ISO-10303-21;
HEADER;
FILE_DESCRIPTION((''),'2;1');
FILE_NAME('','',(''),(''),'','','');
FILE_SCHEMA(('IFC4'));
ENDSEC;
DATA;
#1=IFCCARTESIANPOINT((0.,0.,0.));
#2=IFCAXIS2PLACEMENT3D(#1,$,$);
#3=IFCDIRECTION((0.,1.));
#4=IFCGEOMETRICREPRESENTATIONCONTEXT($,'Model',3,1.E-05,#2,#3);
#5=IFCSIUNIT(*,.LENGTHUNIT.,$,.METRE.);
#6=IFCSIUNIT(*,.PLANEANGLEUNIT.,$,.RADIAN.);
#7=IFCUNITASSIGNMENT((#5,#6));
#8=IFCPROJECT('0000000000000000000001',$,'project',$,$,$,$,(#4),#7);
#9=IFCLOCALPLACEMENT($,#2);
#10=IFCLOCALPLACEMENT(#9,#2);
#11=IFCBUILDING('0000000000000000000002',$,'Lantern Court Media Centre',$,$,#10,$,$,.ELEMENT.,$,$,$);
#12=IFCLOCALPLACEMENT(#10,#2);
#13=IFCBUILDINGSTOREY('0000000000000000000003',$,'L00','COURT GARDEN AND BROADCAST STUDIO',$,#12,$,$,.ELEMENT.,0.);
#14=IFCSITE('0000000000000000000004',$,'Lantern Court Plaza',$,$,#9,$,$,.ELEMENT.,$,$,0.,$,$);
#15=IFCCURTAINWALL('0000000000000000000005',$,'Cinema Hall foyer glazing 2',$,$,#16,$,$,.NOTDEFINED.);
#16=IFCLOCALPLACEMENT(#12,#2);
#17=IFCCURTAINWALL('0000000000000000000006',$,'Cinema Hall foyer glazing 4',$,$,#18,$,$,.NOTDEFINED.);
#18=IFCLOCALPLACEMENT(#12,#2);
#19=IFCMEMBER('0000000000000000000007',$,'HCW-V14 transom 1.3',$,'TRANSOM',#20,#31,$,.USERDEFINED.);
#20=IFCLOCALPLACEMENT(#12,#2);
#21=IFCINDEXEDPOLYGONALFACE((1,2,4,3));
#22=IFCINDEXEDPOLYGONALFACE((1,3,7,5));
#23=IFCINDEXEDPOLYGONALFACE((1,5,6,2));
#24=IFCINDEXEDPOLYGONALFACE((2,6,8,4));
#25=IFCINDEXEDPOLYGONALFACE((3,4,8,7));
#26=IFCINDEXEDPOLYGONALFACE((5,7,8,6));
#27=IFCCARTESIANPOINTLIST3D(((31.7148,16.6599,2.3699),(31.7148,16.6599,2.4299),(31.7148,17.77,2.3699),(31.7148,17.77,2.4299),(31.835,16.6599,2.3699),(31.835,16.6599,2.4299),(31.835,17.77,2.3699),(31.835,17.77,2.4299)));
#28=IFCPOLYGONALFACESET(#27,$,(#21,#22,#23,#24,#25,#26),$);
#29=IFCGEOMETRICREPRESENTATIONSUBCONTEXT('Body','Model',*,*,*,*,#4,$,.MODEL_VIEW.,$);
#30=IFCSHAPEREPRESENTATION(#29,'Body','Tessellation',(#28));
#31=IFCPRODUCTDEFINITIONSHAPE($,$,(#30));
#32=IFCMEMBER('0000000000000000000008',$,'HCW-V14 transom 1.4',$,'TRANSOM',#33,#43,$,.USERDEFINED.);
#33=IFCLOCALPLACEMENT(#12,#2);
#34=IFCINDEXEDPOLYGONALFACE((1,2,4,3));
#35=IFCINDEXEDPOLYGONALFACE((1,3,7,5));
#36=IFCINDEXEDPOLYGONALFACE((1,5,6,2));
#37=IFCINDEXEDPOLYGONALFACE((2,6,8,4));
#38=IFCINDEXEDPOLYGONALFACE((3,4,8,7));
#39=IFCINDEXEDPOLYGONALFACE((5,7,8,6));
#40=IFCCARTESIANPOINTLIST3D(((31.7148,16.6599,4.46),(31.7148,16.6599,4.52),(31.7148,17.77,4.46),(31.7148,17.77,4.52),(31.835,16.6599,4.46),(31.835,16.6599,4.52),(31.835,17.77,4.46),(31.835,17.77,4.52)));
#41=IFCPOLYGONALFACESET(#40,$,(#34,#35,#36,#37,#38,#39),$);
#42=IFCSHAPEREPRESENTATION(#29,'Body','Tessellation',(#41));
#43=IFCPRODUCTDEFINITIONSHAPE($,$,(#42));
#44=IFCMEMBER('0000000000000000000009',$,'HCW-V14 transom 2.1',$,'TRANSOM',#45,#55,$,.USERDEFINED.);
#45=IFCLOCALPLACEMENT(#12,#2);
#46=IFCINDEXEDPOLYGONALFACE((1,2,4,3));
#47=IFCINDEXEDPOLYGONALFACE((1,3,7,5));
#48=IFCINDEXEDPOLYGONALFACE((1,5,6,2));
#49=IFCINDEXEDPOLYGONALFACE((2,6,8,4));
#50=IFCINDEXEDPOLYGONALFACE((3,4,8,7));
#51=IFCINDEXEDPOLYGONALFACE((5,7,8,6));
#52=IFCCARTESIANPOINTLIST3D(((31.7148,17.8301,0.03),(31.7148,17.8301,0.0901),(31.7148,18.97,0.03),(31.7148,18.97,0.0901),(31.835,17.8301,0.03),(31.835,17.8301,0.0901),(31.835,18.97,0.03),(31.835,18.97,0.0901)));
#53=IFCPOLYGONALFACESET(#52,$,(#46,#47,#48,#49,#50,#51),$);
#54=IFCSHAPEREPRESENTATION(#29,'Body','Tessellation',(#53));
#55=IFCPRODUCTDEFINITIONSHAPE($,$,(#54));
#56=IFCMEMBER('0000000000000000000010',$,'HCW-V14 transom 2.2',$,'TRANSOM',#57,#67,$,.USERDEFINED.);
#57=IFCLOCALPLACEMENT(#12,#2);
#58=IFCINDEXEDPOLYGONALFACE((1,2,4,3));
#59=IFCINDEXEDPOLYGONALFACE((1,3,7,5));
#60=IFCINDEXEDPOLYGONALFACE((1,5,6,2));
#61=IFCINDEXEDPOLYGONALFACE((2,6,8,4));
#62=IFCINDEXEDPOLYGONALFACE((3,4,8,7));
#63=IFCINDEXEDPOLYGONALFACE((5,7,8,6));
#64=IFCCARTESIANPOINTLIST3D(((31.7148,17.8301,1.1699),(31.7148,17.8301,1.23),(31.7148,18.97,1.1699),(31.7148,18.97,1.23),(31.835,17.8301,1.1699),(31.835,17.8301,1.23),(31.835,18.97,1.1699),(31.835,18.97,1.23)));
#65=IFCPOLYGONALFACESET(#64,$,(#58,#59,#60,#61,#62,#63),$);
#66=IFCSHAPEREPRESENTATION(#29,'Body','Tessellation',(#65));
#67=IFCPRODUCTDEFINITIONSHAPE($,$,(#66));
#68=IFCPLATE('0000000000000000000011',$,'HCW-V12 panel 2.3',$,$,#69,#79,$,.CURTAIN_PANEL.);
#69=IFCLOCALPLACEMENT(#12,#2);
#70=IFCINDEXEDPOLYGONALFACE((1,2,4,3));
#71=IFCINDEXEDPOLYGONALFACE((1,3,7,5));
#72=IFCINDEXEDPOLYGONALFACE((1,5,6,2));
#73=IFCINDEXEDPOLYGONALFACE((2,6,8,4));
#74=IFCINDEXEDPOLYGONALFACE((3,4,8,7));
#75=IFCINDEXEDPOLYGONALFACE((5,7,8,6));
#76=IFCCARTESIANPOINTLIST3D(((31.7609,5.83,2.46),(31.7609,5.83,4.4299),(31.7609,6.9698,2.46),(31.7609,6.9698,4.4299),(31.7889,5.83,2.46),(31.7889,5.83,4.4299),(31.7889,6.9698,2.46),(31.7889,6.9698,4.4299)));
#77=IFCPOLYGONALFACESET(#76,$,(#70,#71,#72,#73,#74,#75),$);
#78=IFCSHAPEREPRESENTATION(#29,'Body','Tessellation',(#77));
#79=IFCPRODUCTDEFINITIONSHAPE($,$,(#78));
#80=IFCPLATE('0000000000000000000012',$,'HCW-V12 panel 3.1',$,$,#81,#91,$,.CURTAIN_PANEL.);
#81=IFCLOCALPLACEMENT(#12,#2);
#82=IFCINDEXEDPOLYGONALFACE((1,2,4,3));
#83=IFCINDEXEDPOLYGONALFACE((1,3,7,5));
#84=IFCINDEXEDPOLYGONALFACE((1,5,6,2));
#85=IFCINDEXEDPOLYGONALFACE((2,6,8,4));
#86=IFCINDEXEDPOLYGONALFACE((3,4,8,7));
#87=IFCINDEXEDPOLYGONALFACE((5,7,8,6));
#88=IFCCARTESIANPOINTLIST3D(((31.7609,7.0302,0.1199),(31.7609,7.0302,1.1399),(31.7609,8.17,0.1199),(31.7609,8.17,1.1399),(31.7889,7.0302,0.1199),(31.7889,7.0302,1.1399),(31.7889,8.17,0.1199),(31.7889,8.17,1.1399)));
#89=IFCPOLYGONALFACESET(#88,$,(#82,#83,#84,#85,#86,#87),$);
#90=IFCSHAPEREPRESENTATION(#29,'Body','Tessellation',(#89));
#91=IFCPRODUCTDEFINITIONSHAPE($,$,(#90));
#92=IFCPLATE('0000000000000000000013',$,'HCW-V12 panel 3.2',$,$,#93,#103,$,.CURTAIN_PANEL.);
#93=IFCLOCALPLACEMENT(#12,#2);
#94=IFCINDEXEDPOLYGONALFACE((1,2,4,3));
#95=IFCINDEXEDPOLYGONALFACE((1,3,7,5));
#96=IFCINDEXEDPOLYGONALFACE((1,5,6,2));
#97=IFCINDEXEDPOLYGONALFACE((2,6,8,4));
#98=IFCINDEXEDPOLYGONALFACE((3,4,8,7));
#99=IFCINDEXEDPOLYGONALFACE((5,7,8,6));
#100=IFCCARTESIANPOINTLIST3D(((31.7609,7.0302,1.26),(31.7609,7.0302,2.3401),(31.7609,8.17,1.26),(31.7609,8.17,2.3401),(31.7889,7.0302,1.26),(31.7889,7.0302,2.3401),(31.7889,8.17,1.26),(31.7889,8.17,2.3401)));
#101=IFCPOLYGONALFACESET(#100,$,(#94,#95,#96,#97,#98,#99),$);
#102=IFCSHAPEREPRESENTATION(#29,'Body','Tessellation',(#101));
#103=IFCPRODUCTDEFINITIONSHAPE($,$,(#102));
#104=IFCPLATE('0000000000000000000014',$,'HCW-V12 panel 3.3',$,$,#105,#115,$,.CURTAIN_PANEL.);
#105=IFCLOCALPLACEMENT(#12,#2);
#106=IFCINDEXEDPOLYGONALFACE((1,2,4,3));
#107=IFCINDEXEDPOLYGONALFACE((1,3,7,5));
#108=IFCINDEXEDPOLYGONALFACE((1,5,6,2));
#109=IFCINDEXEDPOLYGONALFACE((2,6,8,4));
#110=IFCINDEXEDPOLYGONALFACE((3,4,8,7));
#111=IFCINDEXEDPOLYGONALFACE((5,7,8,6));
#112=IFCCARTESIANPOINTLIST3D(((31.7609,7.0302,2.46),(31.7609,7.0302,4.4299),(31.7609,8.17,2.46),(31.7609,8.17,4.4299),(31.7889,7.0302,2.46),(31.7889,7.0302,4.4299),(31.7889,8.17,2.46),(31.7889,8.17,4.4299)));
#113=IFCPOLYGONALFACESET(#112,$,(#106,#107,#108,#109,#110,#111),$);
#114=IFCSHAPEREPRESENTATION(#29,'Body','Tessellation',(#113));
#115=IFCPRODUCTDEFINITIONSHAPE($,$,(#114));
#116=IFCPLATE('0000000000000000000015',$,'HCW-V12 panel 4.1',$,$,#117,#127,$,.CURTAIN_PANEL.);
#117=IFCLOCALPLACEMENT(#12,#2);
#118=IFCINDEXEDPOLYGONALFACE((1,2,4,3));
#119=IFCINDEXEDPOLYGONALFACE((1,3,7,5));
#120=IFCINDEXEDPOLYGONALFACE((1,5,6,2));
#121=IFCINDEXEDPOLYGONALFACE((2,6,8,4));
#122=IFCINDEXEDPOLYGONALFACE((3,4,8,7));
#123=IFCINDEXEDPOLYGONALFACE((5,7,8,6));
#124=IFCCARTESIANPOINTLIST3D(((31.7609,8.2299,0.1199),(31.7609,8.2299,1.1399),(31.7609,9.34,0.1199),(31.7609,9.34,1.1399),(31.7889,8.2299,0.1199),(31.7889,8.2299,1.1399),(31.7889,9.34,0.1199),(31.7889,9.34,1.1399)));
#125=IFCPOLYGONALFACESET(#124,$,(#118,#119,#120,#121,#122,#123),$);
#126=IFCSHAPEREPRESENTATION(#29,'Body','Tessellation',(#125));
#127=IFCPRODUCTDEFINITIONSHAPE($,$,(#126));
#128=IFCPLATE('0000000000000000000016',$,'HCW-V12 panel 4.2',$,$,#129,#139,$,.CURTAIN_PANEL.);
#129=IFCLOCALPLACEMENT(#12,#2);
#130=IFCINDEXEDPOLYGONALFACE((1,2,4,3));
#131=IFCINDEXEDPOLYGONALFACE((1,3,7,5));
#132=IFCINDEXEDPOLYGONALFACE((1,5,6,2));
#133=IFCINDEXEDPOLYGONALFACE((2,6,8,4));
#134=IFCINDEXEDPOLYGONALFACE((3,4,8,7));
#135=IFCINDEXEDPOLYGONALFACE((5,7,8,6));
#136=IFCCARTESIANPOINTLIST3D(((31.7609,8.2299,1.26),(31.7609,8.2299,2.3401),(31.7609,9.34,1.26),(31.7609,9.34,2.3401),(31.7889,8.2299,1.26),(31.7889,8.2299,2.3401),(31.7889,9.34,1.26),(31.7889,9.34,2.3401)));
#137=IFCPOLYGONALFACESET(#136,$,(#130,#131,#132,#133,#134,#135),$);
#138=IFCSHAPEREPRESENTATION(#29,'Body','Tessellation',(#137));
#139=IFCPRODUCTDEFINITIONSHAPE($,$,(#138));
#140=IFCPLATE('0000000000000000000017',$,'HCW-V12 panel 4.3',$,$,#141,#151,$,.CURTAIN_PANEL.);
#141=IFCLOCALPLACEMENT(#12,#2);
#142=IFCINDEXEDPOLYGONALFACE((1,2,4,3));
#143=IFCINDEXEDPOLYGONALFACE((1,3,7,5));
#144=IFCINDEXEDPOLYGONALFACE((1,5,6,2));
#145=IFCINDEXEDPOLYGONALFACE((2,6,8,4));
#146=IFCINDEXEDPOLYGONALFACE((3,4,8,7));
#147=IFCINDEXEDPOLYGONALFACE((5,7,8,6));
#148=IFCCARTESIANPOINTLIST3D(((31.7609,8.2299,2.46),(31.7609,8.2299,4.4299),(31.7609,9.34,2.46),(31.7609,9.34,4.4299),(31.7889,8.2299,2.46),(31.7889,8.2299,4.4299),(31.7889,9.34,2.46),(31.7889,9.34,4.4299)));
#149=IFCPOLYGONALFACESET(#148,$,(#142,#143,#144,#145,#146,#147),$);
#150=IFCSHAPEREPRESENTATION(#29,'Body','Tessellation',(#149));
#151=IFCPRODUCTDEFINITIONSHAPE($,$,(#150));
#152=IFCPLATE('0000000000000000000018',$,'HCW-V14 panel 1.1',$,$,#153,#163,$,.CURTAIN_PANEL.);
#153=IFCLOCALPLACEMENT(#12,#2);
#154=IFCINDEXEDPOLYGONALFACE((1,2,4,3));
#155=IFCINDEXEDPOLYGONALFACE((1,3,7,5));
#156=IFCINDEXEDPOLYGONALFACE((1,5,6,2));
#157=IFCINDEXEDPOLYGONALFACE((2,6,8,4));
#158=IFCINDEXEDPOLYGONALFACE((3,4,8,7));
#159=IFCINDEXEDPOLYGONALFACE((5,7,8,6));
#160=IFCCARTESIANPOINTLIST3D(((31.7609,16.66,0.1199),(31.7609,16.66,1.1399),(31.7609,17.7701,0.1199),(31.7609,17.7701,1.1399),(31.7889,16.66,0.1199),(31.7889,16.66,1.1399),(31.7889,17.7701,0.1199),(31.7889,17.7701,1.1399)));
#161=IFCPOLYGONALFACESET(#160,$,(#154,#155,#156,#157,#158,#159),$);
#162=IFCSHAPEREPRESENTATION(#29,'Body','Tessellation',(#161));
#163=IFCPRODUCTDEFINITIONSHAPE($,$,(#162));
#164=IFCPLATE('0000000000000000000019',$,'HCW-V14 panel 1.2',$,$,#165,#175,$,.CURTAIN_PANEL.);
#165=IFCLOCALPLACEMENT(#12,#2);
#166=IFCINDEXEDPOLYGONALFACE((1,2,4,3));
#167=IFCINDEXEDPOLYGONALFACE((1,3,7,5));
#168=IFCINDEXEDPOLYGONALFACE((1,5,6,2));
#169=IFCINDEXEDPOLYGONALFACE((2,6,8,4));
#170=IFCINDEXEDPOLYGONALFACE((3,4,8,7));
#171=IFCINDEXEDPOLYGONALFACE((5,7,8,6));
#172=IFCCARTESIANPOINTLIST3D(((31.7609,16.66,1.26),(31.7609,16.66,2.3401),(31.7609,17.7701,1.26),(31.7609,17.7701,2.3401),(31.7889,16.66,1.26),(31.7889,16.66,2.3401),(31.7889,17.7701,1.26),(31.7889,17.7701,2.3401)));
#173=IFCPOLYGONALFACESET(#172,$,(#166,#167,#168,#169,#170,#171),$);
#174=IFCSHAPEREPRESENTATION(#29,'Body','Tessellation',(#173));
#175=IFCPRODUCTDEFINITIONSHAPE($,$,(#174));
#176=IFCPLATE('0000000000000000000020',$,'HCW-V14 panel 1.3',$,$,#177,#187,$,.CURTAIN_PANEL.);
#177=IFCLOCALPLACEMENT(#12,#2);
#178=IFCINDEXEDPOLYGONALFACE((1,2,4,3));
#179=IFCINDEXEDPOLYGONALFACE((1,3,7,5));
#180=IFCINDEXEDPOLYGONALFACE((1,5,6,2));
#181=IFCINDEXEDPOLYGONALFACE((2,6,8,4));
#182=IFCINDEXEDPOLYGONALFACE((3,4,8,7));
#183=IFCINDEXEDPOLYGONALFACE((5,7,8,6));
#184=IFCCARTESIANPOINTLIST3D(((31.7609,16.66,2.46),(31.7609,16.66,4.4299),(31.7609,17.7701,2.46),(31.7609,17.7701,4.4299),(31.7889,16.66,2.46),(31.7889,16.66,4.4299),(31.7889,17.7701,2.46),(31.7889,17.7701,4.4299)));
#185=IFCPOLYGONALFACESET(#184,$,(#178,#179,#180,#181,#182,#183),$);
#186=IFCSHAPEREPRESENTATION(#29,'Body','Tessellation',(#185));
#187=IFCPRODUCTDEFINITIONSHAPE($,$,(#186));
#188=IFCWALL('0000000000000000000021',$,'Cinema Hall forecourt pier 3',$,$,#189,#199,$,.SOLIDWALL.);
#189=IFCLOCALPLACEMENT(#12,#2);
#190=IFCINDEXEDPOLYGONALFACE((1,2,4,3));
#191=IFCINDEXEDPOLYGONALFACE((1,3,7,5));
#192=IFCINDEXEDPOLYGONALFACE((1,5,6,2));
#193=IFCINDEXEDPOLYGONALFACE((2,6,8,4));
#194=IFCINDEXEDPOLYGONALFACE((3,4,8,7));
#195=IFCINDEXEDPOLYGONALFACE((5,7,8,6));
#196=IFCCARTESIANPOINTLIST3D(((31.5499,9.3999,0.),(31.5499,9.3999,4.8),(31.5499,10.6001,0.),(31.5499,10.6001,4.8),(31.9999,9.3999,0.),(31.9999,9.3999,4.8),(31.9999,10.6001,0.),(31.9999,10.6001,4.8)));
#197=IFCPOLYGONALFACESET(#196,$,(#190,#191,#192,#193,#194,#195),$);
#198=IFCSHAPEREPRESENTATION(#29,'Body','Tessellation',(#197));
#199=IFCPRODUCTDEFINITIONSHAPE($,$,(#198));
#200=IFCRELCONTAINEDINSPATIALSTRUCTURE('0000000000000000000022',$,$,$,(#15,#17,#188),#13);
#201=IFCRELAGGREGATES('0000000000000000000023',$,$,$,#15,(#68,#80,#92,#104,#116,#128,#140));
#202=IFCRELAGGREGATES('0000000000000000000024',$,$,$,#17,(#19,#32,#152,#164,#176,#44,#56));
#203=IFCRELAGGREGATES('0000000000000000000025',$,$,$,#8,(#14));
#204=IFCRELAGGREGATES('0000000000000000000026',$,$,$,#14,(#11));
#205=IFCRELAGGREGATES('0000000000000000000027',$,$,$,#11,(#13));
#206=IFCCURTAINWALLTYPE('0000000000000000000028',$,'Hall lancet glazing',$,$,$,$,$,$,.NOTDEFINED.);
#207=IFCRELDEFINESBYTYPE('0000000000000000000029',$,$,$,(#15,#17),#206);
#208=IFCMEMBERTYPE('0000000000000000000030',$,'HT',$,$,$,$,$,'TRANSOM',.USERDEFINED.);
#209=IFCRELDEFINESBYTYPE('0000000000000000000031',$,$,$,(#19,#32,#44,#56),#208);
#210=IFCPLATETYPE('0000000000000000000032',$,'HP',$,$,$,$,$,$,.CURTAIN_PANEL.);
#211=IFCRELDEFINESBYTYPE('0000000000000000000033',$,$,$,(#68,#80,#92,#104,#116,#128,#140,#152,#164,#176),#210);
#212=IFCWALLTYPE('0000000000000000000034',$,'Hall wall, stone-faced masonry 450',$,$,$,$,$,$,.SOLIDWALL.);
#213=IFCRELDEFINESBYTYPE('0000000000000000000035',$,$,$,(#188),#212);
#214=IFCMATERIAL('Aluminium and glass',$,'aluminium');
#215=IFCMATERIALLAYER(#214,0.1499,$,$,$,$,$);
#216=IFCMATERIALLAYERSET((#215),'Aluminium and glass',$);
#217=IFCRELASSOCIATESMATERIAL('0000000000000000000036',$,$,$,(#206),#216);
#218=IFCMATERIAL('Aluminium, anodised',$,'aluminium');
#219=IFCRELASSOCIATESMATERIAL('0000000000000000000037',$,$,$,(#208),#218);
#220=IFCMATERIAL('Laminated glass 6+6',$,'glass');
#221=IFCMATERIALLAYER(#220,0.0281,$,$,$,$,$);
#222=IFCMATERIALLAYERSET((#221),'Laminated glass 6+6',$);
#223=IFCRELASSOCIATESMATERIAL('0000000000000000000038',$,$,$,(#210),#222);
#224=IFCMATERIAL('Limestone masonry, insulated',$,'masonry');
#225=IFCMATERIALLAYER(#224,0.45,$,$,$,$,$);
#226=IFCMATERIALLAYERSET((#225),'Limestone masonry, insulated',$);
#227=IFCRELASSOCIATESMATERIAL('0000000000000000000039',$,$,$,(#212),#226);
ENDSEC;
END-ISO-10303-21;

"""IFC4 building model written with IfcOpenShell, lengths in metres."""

from ifc_helpers import new_model, si_unit, direction, frame, frame_2d, origin, origin_2d, place, context, subcontext, project, spatial, rectangle, extrude, material, layer, layer_set, material_profile, profile_set, type_object, element, aggregate, save


model = new_model("IFC4")

# Units and contexts
model_context = context("Model", 3, precision=1e-05, world=origin(), true_north=direction((0.0, 1.0)))
body_context = subcontext(model_context, "Body", "Model", "MODEL_VIEW")
ifc_project = project(units=[si_unit("LENGTHUNIT", "METRE"), si_unit("PLANEANGLEUNIT", "RADIAN")], contexts=[model_context])

# Site, building, storey
site_placement = place(None, origin())
site = spatial("IfcSite", under=ifc_project, at=site_placement, Name="Lantern Court Plaza", CompositionType="ELEMENT", RefElevation=0.0)
building_placement = place(site_placement, origin())
building = spatial("IfcBuilding", under=site, at=building_placement, Name="Lantern Court Media Centre", CompositionType="ELEMENT")
storey_placement = place(building_placement, origin())
storey = spatial("IfcBuildingStorey", under=building, at=storey_placement, Name="L00", Description="COURT GARDEN AND BROADCAST STUDIO", CompositionType="ELEMENT", Elevation=0.0)

# Curtain walls
ifc_material_1 = material(Name="Aluminium and glass", Category="aluminium")
ifc_layer_1 = layer(ifc_material_1, 0.1499)
ifc_layer_set_1 = layer_set([ifc_layer_1], Name="Aluminium and glass")
curtain_wall_type = type_object("IfcCurtainWallType", Name="Hall lancet glazing", PredefinedType="NOTDEFINED", material=ifc_layer_set_1)
curtain_wall_1_placement = place(storey_placement, origin())
curtain_wall_1 = element("IfcCurtainWall", 1, at=curtain_wall_1_placement, inside=storey, type_object=curtain_wall_type, Name="Cinema Hall foyer glazing 2", PredefinedType="NOTDEFINED")
ifc_material_2 = material(Name="Aluminium, anodised", Category="aluminium")
curtain_wall_2_placement = place(storey_placement, origin())
curtain_wall_2 = element("IfcCurtainWall", 2, at=curtain_wall_2_placement, inside=storey, type_object=curtain_wall_type, Name="Cinema Hall foyer glazing 4", PredefinedType="NOTDEFINED")

# Members
ifc_material_profile_1 = material_profile(ifc_material_2, rectangle(XDim=0.1201, YDim=0.0601, at=origin_2d()), Name="HT")
ifc_profile_set_1 = profile_set([ifc_material_profile_1], Name="Aluminium, anodised")
member_type_1 = type_object("IfcMemberType", Name="HT", ElementType="TRANSOM", PredefinedType="USERDEFINED", material=ifc_profile_set_1)
member_1_placement = place(storey_placement, frame((31.7749, 16.6599, 2.3999), z_axis=(0.0, 1.0, 0.0), x_axis=(-1.0, 0.0, 0.0)))
member_1 = element("IfcMember", 3, at=member_1_placement, type_object=member_type_1, Name="HCW-V14 transom 1.3", ObjectType="TRANSOM", PredefinedType="USERDEFINED", context=body_context, shape_type="SweptSolid", body=[
    extrude(rectangle(XDim=0.1201, YDim=0.0601, at=origin_2d()), origin(), (0.0, 0.0, 1.0), 1.1101),
])
member_2_placement = place(storey_placement, frame((31.7749, 16.6599, 4.49), z_axis=(0.0, 1.0, 0.0), x_axis=(-1.0, 0.0, 0.0)))
member_2 = element("IfcMember", 4, at=member_2_placement, type_object=member_type_1, Name="HCW-V14 transom 1.4", ObjectType="TRANSOM", PredefinedType="USERDEFINED", context=body_context, shape_type="SweptSolid", body=[
    extrude(rectangle(XDim=0.1201, YDim=0.0601, at=origin_2d()), origin(), (0.0, 0.0, 1.0), 1.1101),
])
member_3_placement = place(storey_placement, frame((31.7749, 17.8301, 0.0601), z_axis=(0.0, 1.0, 0.0), x_axis=(-1.0, 0.0, 0.0)))
member_3 = element("IfcMember", 5, at=member_3_placement, type_object=member_type_1, Name="HCW-V14 transom 2.1", ObjectType="TRANSOM", PredefinedType="USERDEFINED", context=body_context, shape_type="SweptSolid", body=[
    extrude(rectangle(XDim=0.1201, YDim=0.0601, at=origin_2d()), origin(), (0.0, 0.0, 1.0), 1.1399),
])
member_4_placement = place(storey_placement, frame((31.7749, 17.8301, 1.2), z_axis=(0.0, 1.0, 0.0), x_axis=(-1.0, 0.0, 0.0)))
member_4 = element("IfcMember", 6, at=member_4_placement, type_object=member_type_1, Name="HCW-V14 transom 2.2", ObjectType="TRANSOM", PredefinedType="USERDEFINED", context=body_context, shape_type="SweptSolid", body=[
    extrude(rectangle(XDim=0.1201, YDim=0.0601, at=origin_2d()), origin(), (0.0, 0.0, 1.0), 1.1399),
])

# Plates
ifc_material_3 = material(Name="Laminated glass 6+6", Category="glass")
ifc_layer_2 = layer(ifc_material_3, 0.0281)
ifc_layer_set_2 = layer_set([ifc_layer_2], Name="Laminated glass 6+6")
plate_type = type_object("IfcPlateType", Name="HP", PredefinedType="CURTAIN_PANEL", material=ifc_layer_set_2)
plate_1_placement = place(storey_placement, frame((31.7749, 6.3999, 2.46), z_axis=(0.0, 0.0, 1.0), x_axis=(0.0, 1.0, 0.0)))
plate_1 = element("IfcPlate", 7, at=plate_1_placement, type_object=plate_type, Name="HCW-V12 panel 2.3", PredefinedType="CURTAIN_PANEL", context=body_context, shape_type="SweptSolid", body=[
    extrude(rectangle(XDim=1.1399, YDim=0.0281, at=origin_2d()), origin(), (0.0, 0.0, 1.0), 1.97),
])
plate_2_placement = place(storey_placement, frame((31.7749, 7.6001, 0.1199), z_axis=(0.0, 0.0, 1.0), x_axis=(0.0, 1.0, 0.0)))
plate_2 = element("IfcPlate", 8, at=plate_2_placement, type_object=plate_type, Name="HCW-V12 panel 3.1", PredefinedType="CURTAIN_PANEL", context=body_context, shape_type="SweptSolid", body=[
    extrude(rectangle(XDim=1.1399, YDim=0.0281, at=origin_2d()), origin(), (0.0, 0.0, 1.0), 1.02),
])
plate_3_placement = place(storey_placement, frame((31.7749, 7.6001, 1.26), z_axis=(0.0, 0.0, 1.0), x_axis=(0.0, 1.0, 0.0)))
plate_3 = element("IfcPlate", 9, at=plate_3_placement, type_object=plate_type, Name="HCW-V12 panel 3.2", PredefinedType="CURTAIN_PANEL", context=body_context, shape_type="SweptSolid", body=[
    extrude(rectangle(XDim=1.1399, YDim=0.0281, at=origin_2d()), origin(), (0.0, 0.0, 1.0), 1.0801),
])
plate_4_placement = place(storey_placement, frame((31.7749, 7.6001, 2.46), z_axis=(0.0, 0.0, 1.0), x_axis=(0.0, 1.0, 0.0)))
plate_4 = element("IfcPlate", 10, at=plate_4_placement, type_object=plate_type, Name="HCW-V12 panel 3.3", PredefinedType="CURTAIN_PANEL", context=body_context, shape_type="SweptSolid", body=[
    extrude(rectangle(XDim=1.1399, YDim=0.0281, at=origin_2d()), origin(), (0.0, 0.0, 1.0), 1.97),
])
plate_5_placement = place(storey_placement, frame((31.7749, 8.7849, 0.1199), z_axis=(0.0, 0.0, 1.0), x_axis=(0.0, 1.0, 0.0)))
plate_5 = element("IfcPlate", 11, at=plate_5_placement, type_object=plate_type, Name="HCW-V12 panel 4.1", PredefinedType="CURTAIN_PANEL", context=body_context, shape_type="SweptSolid", body=[
    extrude(rectangle(XDim=1.1101, YDim=0.0281, at=origin_2d()), origin(), (0.0, 0.0, 1.0), 1.02),
])
plate_6_placement = place(storey_placement, frame((31.7749, 8.7849, 1.26), z_axis=(0.0, 0.0, 1.0), x_axis=(0.0, 1.0, 0.0)))
plate_6 = element("IfcPlate", 12, at=plate_6_placement, type_object=plate_type, Name="HCW-V12 panel 4.2", PredefinedType="CURTAIN_PANEL", context=body_context, shape_type="SweptSolid", body=[
    extrude(rectangle(XDim=1.1101, YDim=0.0281, at=origin_2d()), origin(), (0.0, 0.0, 1.0), 1.0801),
])
plate_7_placement = place(storey_placement, frame((31.7749, 8.7849, 2.46), z_axis=(0.0, 0.0, 1.0), x_axis=(0.0, 1.0, 0.0)))
plate_7 = element("IfcPlate", 13, at=plate_7_placement, type_object=plate_type, Name="HCW-V12 panel 4.3", PredefinedType="CURTAIN_PANEL", context=body_context, shape_type="SweptSolid", body=[
    extrude(rectangle(XDim=1.1101, YDim=0.0281, at=origin_2d()), origin(), (0.0, 0.0, 1.0), 1.97),
])
aggregate(curtain_wall_1, [plate_1, plate_2, plate_3, plate_4, plate_5, plate_6, plate_7])
plate_8_placement = place(storey_placement, frame((31.7749, 17.2151, 0.1199), z_axis=(0.0, 0.0, 1.0), x_axis=(0.0, 1.0, 0.0)))
plate_8 = element("IfcPlate", 14, at=plate_8_placement, type_object=plate_type, Name="HCW-V14 panel 1.1", PredefinedType="CURTAIN_PANEL", context=body_context, shape_type="SweptSolid", body=[
    extrude(rectangle(XDim=1.1101, YDim=0.0281, at=origin_2d()), origin(), (0.0, 0.0, 1.0), 1.02),
])
plate_9_placement = place(storey_placement, frame((31.7749, 17.2151, 1.26), z_axis=(0.0, 0.0, 1.0), x_axis=(0.0, 1.0, 0.0)))
plate_9 = element("IfcPlate", 15, at=plate_9_placement, type_object=plate_type, Name="HCW-V14 panel 1.2", PredefinedType="CURTAIN_PANEL", context=body_context, shape_type="SweptSolid", body=[
    extrude(rectangle(XDim=1.1101, YDim=0.0281, at=origin_2d()), origin(), (0.0, 0.0, 1.0), 1.0801),
])
plate_10_placement = place(storey_placement, frame((31.7749, 17.2151, 2.46), z_axis=(0.0, 0.0, 1.0), x_axis=(0.0, 1.0, 0.0)))
plate_10 = element("IfcPlate", 16, at=plate_10_placement, type_object=plate_type, Name="HCW-V14 panel 1.3", PredefinedType="CURTAIN_PANEL", context=body_context, shape_type="SweptSolid", body=[
    extrude(rectangle(XDim=1.1101, YDim=0.0281, at=origin_2d()), origin(), (0.0, 0.0, 1.0), 1.97),
])
aggregate(curtain_wall_2, [member_1, member_2, plate_8, plate_9, plate_10, member_3, member_4])

# Wall
ifc_material_4 = material(Name="Limestone masonry, insulated", Category="masonry")
ifc_layer_3 = layer(ifc_material_4, 0.45)
ifc_layer_set_3 = layer_set([ifc_layer_3], Name="Limestone masonry, insulated")
wall_type = type_object("IfcWallType", Name="Hall wall, stone-faced masonry 450", PredefinedType="SOLIDWALL", material=ifc_layer_set_3)
for number, where, z_axis, x_axis, name in (
    (17, (31.7749, 9.3999, 0.0), (0.0, 0.0, 1.0), (0.0, 1.0, 0.0), "Cinema Hall forecourt pier 3"),
):
    element("IfcWall", number, at=place(storey_placement, frame(where, z_axis=z_axis, x_axis=x_axis)), inside=storey, type_object=wall_type, Name=name, PredefinedType="SOLIDWALL", context=body_context, shape_type="SweptSolid", body=[
        extrude(rectangle(XDim=1.2002, YDim=0.45, at=frame_2d((0.6001, 0.0))), origin(), (0.0, 0.0, 1.0), 4.8),
    ])

save(model, "model.ifc")
